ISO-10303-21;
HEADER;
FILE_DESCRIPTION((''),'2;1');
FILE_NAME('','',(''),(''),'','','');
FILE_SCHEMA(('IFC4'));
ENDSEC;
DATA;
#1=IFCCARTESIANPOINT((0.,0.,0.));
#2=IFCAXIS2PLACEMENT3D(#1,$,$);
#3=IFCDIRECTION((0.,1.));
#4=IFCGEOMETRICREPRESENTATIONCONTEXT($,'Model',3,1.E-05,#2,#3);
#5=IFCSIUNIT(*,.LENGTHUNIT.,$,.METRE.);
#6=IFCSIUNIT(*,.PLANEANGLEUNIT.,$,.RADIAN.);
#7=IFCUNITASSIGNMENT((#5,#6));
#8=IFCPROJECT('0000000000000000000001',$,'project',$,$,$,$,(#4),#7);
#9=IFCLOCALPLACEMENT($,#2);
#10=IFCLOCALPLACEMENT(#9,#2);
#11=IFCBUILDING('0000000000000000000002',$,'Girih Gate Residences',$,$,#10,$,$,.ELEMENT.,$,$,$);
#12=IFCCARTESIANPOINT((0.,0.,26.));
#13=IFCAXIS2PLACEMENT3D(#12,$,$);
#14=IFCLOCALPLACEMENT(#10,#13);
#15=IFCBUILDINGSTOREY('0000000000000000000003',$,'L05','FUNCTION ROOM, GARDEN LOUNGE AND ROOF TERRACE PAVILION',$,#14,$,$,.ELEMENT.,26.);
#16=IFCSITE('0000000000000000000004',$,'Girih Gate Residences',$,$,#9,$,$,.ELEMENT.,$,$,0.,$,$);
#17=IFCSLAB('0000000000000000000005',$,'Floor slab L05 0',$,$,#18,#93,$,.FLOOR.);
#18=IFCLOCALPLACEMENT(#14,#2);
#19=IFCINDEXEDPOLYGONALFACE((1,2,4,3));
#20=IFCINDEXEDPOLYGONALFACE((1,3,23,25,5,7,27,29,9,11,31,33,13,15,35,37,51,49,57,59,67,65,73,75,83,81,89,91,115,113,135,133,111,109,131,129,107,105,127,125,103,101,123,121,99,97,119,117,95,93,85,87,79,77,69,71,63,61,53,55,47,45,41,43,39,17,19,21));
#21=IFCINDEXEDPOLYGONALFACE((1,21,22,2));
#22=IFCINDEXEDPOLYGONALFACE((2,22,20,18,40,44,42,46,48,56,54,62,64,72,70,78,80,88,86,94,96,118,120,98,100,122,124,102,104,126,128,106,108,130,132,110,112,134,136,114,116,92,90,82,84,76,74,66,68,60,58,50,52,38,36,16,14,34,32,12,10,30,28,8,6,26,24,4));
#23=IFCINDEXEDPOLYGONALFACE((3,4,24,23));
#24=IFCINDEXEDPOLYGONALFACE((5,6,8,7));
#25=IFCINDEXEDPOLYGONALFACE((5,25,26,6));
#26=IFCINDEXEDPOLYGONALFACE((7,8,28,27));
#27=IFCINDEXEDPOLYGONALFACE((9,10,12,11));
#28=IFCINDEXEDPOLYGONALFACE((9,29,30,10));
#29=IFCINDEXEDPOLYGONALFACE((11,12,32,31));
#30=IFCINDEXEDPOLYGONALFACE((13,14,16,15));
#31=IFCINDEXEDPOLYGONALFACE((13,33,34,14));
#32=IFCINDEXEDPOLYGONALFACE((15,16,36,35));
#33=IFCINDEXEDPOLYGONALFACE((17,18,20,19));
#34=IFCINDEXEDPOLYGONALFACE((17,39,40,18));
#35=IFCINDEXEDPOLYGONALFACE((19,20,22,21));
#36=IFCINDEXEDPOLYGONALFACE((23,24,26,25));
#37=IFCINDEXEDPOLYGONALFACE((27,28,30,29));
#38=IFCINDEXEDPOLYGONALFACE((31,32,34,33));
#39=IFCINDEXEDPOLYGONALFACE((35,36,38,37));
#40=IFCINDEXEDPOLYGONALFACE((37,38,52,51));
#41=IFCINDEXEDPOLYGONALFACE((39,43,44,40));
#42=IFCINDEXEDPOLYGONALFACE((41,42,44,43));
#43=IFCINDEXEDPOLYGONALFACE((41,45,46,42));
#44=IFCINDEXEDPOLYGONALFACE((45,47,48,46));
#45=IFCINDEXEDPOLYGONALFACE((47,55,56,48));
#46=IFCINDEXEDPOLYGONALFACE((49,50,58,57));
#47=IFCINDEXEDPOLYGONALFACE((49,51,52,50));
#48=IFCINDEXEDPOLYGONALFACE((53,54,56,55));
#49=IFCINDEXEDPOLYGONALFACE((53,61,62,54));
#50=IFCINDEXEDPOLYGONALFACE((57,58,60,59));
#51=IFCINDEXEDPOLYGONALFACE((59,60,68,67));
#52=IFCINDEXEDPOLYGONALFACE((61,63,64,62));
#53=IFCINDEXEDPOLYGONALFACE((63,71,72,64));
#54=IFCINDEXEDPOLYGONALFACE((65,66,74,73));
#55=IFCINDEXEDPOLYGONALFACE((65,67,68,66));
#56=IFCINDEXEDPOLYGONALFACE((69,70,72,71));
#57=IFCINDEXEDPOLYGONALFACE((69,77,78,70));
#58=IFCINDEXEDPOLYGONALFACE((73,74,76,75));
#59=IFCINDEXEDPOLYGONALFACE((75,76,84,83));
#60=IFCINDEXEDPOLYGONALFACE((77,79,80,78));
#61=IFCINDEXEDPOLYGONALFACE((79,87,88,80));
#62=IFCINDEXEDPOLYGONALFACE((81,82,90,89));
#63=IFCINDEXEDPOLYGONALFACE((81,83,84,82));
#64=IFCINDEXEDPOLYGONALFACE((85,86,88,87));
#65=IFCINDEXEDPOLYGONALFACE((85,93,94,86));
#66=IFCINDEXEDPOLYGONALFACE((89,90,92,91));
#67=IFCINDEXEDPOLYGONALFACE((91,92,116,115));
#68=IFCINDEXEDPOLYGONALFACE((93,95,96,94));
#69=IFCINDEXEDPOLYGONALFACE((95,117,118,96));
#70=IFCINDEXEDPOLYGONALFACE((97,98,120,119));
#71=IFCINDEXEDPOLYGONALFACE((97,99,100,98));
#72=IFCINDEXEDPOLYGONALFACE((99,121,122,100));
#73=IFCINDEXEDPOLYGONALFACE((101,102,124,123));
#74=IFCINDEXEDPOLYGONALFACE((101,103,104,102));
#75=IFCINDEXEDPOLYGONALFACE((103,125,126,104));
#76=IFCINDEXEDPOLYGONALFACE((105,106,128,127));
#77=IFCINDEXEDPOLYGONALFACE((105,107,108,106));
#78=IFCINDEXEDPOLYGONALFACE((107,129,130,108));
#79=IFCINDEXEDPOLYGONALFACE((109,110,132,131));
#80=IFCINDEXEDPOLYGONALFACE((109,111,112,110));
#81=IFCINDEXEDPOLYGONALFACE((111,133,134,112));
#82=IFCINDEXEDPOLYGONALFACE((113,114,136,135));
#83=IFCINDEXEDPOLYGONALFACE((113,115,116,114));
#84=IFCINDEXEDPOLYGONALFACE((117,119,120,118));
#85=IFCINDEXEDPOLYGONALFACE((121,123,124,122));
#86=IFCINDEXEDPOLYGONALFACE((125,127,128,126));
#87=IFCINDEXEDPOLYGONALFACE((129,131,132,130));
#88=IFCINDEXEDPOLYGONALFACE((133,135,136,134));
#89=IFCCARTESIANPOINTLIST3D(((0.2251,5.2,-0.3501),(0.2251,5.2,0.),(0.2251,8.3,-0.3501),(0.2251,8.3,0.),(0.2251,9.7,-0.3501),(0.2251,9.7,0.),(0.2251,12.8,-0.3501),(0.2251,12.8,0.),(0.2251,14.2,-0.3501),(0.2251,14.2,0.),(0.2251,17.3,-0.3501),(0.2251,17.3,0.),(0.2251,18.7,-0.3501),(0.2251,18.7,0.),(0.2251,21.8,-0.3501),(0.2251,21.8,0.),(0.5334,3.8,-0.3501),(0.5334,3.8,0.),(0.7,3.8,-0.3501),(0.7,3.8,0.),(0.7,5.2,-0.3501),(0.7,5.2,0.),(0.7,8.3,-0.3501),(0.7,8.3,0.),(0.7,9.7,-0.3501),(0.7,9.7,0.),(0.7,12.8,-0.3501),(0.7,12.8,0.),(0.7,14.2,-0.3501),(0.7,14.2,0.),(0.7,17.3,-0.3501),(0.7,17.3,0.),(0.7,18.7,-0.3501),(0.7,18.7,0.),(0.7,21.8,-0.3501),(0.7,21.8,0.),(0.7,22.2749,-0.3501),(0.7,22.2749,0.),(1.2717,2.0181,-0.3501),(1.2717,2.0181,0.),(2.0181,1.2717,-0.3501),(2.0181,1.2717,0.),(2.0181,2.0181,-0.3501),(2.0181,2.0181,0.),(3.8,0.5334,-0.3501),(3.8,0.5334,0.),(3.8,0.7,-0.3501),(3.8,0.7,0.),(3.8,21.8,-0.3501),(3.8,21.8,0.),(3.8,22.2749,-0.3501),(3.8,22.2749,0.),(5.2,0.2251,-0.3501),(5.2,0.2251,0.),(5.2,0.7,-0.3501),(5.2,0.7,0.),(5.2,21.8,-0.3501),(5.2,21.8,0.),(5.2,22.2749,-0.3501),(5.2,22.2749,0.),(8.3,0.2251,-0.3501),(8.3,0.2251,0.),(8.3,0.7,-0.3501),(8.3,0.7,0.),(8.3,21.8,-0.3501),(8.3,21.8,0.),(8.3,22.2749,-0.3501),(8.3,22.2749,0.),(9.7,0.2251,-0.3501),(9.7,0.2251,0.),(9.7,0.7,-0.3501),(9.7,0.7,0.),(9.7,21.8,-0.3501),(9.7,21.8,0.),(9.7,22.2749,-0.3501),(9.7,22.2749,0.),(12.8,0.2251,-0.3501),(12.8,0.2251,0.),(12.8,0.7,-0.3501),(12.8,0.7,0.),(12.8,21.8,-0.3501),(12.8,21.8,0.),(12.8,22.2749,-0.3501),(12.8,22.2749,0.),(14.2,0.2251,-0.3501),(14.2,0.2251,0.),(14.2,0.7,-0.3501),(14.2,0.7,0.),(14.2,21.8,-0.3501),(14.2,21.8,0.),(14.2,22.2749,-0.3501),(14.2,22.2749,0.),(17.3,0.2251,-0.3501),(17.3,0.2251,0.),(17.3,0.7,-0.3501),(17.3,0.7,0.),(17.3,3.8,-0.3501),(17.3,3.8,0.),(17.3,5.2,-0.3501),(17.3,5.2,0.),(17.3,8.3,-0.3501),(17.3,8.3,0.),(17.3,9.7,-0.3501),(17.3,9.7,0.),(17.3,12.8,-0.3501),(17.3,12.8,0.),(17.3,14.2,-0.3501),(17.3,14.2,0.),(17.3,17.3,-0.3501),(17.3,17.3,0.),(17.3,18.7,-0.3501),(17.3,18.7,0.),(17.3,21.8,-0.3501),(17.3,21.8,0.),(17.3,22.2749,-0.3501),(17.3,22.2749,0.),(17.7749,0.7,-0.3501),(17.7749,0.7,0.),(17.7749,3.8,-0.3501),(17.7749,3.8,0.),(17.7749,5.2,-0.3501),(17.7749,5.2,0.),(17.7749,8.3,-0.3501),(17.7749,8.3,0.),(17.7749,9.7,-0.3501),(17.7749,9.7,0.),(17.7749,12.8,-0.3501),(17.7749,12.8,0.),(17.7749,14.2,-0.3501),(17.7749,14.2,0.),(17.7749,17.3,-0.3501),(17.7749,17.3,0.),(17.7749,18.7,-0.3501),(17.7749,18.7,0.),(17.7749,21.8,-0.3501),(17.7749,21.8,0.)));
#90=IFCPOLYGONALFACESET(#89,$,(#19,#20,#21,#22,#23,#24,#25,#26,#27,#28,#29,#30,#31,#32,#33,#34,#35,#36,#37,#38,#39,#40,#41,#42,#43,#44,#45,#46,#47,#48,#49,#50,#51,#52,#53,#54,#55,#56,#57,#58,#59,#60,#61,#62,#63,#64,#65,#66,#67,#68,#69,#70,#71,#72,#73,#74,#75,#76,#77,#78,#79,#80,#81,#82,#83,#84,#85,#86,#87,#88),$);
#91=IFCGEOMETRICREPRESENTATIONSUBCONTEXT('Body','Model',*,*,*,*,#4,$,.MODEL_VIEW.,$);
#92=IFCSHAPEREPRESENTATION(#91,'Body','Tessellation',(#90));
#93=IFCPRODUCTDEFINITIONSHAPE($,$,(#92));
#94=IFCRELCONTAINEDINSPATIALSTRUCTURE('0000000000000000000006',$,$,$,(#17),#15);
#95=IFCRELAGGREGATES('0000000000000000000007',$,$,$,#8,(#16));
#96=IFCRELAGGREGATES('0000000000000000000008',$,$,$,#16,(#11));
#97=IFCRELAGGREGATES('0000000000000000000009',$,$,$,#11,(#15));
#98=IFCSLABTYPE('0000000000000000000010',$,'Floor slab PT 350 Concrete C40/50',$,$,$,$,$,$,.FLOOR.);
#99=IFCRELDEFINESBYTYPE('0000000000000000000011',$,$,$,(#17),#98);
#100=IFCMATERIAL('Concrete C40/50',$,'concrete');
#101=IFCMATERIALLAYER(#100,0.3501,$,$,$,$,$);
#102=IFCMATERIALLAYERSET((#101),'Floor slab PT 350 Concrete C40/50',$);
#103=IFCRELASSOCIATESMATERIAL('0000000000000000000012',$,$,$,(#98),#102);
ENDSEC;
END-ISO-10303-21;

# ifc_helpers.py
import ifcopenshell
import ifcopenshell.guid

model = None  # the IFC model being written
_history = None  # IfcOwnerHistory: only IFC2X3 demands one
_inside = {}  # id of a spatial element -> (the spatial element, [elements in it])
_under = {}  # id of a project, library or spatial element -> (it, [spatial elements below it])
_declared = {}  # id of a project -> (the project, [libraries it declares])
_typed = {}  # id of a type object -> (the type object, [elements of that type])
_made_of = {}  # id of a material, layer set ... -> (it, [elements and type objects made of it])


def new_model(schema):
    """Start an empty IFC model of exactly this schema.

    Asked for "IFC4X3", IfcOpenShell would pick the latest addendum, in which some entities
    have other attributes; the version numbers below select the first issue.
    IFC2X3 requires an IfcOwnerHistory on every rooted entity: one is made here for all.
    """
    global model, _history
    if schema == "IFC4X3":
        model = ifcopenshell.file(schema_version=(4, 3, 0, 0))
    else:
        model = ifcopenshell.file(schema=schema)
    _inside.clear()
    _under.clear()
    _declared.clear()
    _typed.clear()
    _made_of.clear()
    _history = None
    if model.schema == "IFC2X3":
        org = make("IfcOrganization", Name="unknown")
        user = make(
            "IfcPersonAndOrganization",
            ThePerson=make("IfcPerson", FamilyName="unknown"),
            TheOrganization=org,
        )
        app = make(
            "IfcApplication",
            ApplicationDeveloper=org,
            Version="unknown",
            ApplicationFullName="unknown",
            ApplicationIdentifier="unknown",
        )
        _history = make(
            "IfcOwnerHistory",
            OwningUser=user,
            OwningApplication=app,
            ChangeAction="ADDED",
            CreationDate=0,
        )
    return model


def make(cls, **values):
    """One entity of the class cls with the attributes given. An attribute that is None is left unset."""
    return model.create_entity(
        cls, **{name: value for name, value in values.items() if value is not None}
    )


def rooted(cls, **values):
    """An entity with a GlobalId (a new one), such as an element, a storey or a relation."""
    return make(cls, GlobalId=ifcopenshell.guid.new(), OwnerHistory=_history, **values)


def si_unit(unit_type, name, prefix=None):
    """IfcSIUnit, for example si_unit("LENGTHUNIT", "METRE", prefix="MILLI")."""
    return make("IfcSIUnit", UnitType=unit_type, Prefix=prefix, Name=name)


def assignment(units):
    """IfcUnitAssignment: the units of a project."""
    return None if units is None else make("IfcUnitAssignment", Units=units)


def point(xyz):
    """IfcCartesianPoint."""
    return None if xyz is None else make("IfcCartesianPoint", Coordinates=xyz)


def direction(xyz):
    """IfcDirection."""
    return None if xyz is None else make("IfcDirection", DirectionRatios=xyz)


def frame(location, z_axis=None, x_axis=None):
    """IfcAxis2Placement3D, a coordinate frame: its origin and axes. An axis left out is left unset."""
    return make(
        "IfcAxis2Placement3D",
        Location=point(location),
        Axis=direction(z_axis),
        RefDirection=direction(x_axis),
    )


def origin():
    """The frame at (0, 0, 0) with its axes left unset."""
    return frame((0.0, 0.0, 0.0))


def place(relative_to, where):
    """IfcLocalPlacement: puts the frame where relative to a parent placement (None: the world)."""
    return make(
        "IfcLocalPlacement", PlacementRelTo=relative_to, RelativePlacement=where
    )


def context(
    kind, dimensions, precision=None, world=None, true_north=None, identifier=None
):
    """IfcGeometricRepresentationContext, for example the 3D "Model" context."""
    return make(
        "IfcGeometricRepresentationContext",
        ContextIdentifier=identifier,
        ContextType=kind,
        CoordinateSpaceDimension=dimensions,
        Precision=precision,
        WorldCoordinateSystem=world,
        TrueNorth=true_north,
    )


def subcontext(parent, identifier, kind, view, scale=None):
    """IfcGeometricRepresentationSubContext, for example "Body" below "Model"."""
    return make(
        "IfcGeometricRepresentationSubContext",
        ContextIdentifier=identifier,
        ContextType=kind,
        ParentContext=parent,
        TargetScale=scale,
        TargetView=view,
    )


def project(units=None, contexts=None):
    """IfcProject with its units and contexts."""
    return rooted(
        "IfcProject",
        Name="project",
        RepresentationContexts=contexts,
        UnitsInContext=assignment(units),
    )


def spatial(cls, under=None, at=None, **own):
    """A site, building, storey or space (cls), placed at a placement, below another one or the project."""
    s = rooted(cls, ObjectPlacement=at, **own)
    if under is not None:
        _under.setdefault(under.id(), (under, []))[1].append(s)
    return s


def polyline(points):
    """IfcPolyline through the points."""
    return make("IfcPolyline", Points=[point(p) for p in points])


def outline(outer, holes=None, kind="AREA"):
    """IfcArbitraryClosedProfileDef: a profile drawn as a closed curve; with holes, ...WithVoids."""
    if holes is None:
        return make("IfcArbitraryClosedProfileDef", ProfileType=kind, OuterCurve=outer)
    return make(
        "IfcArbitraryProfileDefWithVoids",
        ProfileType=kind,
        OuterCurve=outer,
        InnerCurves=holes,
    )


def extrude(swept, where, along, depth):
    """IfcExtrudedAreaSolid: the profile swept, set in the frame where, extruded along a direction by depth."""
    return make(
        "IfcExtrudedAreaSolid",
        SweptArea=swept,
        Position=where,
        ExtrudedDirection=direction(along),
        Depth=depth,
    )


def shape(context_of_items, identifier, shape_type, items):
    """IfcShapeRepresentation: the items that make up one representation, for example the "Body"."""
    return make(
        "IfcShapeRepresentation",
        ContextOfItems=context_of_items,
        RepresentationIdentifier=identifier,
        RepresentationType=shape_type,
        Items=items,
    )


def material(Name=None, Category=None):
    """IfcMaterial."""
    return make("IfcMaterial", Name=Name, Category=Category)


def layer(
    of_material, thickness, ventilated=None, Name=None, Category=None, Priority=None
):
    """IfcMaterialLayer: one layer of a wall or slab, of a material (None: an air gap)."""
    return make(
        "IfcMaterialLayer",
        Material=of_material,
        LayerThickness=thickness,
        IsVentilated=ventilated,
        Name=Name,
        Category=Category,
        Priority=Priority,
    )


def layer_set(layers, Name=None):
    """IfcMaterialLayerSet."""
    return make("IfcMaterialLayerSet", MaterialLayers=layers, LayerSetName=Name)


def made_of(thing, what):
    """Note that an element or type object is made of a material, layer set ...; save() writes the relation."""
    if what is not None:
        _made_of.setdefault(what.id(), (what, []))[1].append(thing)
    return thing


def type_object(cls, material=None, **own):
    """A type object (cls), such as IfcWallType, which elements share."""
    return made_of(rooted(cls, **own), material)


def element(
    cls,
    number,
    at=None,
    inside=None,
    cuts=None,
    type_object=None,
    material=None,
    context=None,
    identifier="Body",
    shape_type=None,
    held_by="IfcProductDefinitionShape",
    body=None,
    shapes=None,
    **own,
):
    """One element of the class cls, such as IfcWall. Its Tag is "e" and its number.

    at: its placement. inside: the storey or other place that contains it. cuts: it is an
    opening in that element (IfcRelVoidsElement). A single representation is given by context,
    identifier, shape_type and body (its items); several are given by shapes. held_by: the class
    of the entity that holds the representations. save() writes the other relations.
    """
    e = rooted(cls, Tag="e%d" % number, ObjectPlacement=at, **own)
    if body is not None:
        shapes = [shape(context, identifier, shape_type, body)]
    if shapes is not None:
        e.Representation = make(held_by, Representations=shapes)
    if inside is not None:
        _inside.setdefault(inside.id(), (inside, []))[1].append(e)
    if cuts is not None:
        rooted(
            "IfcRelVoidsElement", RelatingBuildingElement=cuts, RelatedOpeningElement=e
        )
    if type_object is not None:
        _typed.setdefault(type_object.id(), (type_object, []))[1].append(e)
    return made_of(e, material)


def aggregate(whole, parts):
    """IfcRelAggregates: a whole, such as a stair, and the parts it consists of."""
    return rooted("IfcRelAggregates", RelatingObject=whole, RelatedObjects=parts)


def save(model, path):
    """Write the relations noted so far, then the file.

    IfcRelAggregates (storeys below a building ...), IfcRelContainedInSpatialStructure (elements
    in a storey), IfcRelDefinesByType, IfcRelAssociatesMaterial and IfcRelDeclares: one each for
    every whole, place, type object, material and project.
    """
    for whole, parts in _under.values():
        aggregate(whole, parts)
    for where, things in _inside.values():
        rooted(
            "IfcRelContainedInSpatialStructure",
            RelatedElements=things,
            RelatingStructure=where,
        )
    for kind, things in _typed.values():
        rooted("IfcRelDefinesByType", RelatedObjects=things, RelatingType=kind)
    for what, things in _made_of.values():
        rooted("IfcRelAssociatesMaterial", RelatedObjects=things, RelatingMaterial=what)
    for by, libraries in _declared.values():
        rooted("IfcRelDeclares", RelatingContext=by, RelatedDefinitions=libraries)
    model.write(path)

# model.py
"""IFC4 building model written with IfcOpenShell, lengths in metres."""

from ifc_helpers import new_model, si_unit, direction, frame, origin, place, context, subcontext, project, spatial, polyline, outline, extrude, material, layer, layer_set, type_object, element, save


model = new_model("IFC4")

# Units and contexts
model_context = context("Model", 3, precision=1e-05, world=origin(), true_north=direction((0.0, 1.0)))
body_context = subcontext(model_context, "Body", "Model", "MODEL_VIEW")
ifc_project = project(units=[si_unit("LENGTHUNIT", "METRE"), si_unit("PLANEANGLEUNIT", "RADIAN")], contexts=[model_context])

# Site, building, storey
site_placement = place(None, origin())
site = spatial("IfcSite", under=ifc_project, at=site_placement, Name="Girih Gate Residences", CompositionType="ELEMENT", RefElevation=0.0)
building_placement = place(site_placement, origin())
building = spatial("IfcBuilding", under=site, at=building_placement, Name="Girih Gate Residences", CompositionType="ELEMENT")
storey_placement = place(building_placement, frame((0.0, 0.0, 26.0)))
storey = spatial("IfcBuildingStorey", under=building, at=storey_placement, Name="L05", Description="FUNCTION ROOM, GARDEN LOUNGE AND ROOF TERRACE PAVILION", CompositionType="ELEMENT", Elevation=26.0)

# Slab
ifc_material_1 = material(Name="Concrete C40/50", Category="concrete")
ifc_layer_1 = layer(ifc_material_1, 0.3501)
ifc_layer_set_1 = layer_set([ifc_layer_1], Name="Floor slab PT 350 Concrete C40/50")
slab_type_1 = type_object("IfcSlabType", Name="Floor slab PT 350 Concrete C40/50", PredefinedType="FLOOR", material=ifc_layer_set_1)
slab_1_placement = place(storey_placement, frame((0.0, 0.0, -0.3501)))
element("IfcSlab", 1, at=slab_1_placement, inside=storey, type_object=slab_type_1, Name="Floor slab L05 0", PredefinedType="FLOOR", context=body_context, shape_type="SweptSolid", body=[
    extrude(outline(polyline([(0.2251, 8.3), (0.2251, 5.2), (0.7, 5.2), (0.7, 3.8), (0.5334, 3.8), (1.2717, 2.0181), (2.0181, 2.0181), (2.0181, 1.2717), (3.8, 0.5334), (3.8, 0.7), (5.2, 0.7), (5.2, 0.2251), (8.3, 0.2251), (8.3, 0.7), (9.7, 0.7), (9.7, 0.2251), (12.8, 0.2251), (12.8, 0.7), (14.2, 0.7), (14.2, 0.2251), (17.3, 0.2251), (17.3, 0.7), (17.7749, 0.7), (17.7749, 3.8), (17.3, 3.8), (17.3, 5.2), (17.7749, 5.2), (17.7749, 8.3), (17.3, 8.3), (17.3, 9.7), (17.7749, 9.7), (17.7749, 12.8), (17.3, 12.8), (17.3, 14.2), (17.7749, 14.2), (17.7749, 17.3), (17.3, 17.3), (17.3, 18.7), (17.7749, 18.7), (17.7749, 21.8), (17.3, 21.8), (17.3, 22.2749), (14.2, 22.2749), (14.2, 21.8), (12.8, 21.8), (12.8, 22.2749), (9.7, 22.2749), (9.7, 21.8), (8.3, 21.8), (8.3, 22.2749), (5.2, 22.2749), (5.2, 21.8), (3.8, 21.8), (3.8, 22.2749), (0.7, 22.2749), (0.7, 21.8), (0.2251, 21.8), (0.2251, 18.7), (0.7, 18.7), (0.7, 17.3), (0.2251, 17.3), (0.2251, 14.2), (0.7, 14.2), (0.7, 12.8), (0.2251, 12.8), (0.2251, 9.7), (0.7, 9.7), (0.7, 8.3), (0.2251, 8.3)])), origin(), (0.0, 0.0, 1.0), 0.3501),
])

save(model, "model.ifc")
